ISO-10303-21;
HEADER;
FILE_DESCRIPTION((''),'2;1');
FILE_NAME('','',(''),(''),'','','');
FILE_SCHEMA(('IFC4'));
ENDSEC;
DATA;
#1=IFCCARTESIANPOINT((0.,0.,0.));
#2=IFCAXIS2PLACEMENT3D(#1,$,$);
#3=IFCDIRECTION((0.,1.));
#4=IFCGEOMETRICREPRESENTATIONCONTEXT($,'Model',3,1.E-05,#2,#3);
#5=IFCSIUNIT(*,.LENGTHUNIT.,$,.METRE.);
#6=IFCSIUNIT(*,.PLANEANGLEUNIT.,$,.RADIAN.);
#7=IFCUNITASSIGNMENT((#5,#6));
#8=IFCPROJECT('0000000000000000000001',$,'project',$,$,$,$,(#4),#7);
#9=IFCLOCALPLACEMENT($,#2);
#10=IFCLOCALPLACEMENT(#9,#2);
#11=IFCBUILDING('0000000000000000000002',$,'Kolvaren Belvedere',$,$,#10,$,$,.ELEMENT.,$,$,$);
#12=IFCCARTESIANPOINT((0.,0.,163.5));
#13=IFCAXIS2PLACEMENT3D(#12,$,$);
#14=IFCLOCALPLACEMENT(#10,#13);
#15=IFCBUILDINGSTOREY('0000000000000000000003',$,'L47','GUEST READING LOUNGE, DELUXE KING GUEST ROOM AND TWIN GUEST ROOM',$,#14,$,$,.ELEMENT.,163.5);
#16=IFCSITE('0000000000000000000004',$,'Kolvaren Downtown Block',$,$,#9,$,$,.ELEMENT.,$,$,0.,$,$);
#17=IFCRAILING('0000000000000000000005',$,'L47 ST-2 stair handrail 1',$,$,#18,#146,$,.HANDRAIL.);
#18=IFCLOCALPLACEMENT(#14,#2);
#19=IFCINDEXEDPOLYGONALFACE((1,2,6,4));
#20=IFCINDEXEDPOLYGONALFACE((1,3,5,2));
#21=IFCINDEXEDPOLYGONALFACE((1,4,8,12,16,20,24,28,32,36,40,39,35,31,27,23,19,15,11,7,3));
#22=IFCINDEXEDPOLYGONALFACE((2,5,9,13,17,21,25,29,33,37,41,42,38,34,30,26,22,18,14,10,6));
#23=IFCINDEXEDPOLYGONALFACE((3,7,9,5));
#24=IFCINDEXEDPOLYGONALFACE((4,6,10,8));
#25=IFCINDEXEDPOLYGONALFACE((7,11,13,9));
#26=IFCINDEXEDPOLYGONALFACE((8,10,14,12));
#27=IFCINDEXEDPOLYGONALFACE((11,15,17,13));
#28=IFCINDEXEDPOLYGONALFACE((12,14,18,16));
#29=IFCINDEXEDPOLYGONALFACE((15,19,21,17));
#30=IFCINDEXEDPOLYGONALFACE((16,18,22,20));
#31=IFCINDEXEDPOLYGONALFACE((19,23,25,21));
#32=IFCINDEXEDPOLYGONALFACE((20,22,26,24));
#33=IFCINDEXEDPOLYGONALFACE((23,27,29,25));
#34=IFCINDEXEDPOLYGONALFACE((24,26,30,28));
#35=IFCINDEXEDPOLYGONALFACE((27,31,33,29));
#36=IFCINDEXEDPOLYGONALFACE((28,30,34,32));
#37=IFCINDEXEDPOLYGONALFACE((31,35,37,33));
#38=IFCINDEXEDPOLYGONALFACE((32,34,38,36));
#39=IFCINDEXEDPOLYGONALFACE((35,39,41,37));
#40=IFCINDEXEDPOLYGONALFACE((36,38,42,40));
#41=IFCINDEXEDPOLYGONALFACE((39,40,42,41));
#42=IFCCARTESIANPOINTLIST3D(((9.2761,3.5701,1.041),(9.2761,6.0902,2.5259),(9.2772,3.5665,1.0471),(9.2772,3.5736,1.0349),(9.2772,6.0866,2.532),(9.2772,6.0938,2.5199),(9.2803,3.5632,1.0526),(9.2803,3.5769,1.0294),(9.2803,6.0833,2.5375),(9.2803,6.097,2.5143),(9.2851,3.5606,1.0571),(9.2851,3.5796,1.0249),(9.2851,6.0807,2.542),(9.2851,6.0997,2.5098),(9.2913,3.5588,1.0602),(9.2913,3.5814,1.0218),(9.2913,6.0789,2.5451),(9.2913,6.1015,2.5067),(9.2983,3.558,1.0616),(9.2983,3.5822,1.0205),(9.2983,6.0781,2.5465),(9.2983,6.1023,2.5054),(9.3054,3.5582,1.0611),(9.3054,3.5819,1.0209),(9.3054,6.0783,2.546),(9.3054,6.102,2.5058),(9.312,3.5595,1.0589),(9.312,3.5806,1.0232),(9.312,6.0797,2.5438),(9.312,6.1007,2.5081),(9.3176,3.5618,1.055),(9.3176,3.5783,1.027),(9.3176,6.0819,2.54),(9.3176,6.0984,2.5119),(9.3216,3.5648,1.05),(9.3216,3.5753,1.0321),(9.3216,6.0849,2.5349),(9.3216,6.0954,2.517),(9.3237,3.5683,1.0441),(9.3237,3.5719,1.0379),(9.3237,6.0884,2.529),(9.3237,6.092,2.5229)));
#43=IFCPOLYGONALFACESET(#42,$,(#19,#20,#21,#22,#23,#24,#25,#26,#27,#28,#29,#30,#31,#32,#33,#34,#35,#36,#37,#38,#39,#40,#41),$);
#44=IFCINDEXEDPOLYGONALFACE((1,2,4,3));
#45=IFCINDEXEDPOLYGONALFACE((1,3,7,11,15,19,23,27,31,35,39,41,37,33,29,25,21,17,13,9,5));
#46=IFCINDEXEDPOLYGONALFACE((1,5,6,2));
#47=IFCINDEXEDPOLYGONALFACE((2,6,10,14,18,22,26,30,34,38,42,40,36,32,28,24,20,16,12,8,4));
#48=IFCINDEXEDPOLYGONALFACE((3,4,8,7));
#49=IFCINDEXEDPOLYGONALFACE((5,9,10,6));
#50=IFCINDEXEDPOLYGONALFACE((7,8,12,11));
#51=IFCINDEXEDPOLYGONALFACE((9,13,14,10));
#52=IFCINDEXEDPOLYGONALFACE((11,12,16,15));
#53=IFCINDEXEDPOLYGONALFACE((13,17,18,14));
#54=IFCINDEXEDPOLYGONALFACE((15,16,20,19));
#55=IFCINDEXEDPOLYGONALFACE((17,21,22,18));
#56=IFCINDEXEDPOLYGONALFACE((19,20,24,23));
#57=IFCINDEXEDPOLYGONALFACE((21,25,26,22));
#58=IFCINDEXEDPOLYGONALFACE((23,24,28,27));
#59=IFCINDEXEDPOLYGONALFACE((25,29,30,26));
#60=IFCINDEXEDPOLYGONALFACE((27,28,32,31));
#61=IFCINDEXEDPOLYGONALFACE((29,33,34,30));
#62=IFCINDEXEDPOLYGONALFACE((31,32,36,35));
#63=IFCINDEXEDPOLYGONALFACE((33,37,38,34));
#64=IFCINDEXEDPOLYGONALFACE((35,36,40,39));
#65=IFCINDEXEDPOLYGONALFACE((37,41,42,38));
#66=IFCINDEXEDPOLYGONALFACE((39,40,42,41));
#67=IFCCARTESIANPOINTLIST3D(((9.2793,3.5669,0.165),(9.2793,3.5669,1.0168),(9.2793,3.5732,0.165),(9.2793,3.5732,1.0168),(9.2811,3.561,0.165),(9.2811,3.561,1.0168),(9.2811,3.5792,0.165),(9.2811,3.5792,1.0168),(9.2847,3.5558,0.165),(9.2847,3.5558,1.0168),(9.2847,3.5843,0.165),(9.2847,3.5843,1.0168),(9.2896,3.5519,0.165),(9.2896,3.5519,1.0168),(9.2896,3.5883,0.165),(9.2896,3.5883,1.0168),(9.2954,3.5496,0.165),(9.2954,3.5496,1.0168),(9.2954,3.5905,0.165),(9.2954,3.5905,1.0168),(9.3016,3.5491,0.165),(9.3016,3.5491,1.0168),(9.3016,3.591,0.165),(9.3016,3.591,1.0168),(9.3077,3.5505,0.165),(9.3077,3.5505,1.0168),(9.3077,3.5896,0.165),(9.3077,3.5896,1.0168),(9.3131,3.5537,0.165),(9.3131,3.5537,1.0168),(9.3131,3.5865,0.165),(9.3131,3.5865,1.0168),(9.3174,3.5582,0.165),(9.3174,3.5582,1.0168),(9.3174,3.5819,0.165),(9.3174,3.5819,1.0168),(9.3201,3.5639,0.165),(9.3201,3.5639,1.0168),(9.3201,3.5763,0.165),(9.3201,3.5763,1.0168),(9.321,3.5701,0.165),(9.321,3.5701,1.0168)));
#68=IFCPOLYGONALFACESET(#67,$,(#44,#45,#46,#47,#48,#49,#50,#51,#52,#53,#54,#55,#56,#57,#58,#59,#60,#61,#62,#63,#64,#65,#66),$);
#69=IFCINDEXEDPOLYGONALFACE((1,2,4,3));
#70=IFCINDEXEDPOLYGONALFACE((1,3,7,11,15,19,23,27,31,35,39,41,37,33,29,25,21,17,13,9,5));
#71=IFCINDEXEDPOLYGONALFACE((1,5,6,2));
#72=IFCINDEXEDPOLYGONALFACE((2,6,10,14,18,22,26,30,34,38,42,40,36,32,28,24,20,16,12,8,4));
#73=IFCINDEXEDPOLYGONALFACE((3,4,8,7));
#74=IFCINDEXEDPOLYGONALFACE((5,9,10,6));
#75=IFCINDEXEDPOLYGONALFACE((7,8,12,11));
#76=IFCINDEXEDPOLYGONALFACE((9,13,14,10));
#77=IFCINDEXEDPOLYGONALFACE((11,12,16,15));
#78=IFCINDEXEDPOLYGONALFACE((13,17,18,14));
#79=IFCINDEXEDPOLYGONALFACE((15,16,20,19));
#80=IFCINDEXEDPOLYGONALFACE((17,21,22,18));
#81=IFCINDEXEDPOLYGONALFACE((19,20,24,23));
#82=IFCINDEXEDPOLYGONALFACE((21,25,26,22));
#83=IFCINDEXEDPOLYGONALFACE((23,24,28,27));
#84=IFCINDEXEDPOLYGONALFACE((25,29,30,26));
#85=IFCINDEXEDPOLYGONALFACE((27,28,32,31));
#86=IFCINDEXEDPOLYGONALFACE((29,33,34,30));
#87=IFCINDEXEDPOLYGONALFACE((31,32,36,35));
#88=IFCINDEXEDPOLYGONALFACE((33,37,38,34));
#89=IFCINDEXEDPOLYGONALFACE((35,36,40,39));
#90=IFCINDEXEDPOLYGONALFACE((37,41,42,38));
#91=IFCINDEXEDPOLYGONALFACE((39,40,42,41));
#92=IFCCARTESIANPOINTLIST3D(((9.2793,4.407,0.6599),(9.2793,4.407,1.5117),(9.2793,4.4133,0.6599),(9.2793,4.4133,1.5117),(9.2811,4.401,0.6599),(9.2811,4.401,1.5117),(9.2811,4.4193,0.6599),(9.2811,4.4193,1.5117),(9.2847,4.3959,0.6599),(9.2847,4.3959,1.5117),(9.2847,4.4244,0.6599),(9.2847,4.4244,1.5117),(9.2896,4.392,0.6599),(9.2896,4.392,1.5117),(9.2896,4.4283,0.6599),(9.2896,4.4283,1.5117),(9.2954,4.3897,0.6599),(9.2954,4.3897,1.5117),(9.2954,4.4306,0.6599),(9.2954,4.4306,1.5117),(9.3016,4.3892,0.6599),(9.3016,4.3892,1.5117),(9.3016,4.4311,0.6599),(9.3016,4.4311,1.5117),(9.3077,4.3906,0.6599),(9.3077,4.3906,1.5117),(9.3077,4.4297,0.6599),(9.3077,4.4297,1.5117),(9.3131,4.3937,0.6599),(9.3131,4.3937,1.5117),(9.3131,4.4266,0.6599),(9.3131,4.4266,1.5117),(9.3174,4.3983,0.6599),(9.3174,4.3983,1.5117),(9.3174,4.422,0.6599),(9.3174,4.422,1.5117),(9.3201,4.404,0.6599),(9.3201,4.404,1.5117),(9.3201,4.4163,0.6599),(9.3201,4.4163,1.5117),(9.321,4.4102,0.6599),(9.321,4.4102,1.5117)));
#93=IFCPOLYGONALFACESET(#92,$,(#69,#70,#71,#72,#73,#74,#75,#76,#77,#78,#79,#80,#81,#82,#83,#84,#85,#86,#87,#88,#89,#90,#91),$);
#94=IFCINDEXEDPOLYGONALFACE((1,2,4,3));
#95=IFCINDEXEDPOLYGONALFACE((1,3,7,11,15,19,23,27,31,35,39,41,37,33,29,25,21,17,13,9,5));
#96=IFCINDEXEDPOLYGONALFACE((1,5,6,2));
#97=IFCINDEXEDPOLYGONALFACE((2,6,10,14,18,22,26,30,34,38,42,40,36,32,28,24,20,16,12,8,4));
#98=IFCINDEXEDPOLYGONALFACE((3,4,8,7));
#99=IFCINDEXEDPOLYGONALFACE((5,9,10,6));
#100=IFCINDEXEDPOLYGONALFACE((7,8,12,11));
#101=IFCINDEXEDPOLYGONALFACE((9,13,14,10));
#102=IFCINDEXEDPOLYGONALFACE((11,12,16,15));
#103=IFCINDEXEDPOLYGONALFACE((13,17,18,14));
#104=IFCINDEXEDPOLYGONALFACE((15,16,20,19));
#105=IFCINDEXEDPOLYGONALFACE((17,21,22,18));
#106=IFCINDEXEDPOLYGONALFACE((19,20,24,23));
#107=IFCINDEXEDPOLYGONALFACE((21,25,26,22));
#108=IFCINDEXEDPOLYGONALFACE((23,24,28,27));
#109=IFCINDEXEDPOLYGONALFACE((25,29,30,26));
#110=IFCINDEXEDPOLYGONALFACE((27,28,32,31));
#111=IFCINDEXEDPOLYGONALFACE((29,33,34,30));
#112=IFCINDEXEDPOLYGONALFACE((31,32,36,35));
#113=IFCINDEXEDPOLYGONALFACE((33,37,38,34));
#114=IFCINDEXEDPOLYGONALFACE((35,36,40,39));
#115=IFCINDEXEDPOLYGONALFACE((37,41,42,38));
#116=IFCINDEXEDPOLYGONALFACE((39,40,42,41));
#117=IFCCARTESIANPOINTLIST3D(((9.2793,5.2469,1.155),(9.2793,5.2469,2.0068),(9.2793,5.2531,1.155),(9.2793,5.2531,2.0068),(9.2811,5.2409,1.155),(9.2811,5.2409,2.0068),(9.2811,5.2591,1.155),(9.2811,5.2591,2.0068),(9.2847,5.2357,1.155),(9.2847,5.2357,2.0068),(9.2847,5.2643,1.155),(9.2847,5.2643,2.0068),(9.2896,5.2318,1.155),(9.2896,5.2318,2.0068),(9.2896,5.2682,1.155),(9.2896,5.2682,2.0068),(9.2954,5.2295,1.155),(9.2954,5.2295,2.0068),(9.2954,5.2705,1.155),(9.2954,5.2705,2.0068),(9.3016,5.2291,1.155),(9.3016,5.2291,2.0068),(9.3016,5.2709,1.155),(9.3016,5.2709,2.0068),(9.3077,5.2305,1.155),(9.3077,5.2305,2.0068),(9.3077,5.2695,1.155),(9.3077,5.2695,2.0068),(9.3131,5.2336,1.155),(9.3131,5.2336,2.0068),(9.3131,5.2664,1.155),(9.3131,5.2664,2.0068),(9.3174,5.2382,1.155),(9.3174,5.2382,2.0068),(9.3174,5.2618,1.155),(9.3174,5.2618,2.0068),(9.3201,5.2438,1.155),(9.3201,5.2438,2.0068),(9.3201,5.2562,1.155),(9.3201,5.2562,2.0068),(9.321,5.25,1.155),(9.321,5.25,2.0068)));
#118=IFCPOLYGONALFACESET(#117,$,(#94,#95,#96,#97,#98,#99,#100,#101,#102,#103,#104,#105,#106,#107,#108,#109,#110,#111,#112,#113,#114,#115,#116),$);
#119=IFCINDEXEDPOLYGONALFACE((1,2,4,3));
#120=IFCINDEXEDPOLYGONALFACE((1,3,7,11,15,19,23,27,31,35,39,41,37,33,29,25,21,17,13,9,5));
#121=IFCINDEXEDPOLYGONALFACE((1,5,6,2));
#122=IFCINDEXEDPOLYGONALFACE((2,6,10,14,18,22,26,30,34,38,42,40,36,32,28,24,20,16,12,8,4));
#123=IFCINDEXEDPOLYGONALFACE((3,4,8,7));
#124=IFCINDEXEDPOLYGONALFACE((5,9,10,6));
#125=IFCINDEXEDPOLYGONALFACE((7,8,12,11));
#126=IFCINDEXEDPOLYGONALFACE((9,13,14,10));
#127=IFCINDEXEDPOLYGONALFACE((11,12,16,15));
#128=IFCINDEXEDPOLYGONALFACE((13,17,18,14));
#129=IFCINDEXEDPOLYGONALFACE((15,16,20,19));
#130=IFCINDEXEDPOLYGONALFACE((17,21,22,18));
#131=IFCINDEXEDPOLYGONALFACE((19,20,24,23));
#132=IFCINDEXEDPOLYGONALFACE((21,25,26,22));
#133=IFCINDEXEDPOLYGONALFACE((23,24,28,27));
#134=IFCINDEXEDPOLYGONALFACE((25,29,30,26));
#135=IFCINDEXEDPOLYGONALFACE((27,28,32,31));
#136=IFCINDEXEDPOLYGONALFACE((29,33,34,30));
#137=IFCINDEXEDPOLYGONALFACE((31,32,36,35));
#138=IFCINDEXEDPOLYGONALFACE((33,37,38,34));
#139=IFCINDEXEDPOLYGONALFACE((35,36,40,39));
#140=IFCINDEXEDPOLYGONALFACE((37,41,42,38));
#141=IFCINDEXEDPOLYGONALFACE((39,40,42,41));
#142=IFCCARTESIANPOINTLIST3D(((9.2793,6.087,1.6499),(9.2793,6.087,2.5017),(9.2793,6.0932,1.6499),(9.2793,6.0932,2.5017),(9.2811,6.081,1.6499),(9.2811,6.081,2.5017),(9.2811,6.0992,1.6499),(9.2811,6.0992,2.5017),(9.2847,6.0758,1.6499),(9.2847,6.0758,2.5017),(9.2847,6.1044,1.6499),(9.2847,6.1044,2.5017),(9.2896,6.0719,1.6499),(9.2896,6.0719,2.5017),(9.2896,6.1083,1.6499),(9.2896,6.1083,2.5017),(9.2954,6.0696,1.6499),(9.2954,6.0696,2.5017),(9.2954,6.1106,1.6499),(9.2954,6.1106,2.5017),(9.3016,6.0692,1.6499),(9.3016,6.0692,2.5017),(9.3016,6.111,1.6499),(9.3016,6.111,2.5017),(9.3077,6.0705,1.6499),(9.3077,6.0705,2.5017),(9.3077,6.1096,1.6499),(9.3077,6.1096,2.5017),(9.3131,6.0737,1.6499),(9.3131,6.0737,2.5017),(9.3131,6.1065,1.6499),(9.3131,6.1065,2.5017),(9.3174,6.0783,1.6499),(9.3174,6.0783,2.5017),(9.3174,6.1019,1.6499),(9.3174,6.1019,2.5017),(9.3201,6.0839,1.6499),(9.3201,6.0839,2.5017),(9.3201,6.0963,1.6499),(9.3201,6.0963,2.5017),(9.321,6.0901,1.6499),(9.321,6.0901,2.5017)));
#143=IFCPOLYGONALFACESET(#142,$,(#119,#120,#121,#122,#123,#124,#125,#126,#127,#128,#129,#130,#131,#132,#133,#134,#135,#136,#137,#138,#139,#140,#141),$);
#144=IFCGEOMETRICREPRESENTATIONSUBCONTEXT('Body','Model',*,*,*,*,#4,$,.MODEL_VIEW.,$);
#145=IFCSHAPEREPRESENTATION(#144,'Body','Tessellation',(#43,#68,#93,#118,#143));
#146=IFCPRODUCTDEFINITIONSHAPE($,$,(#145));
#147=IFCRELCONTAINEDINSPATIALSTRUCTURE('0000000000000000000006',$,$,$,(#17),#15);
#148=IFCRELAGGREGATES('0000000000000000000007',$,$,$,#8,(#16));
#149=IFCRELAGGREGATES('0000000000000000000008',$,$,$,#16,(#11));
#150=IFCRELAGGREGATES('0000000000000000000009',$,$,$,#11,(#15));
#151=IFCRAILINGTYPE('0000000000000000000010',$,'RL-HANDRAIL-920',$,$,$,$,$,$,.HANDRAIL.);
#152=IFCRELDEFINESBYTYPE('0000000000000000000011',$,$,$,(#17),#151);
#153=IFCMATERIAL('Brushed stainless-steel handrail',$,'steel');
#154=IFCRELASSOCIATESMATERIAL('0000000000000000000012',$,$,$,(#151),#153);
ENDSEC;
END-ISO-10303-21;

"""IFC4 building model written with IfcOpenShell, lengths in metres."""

from ifc_helpers import new_model, si_unit, direction, frame, origin, origin_2d, place, context, subcontext, project, spatial, circle, extrude, material, type_object, element, save


model = new_model("IFC4")

# Units and contexts
model_context = context("Model", 3, precision=1e-05, world=origin(), true_north=direction((0.0, 1.0)))
body_context = subcontext(model_context, "Body", "Model", "MODEL_VIEW")
ifc_project = project(units=[si_unit("LENGTHUNIT", "METRE"), si_unit("PLANEANGLEUNIT", "RADIAN")], contexts=[model_context])

# Site, building, storey
site_placement = place(None, origin())
site = spatial("IfcSite", under=ifc_project, at=site_placement, Name="Kolvaren Downtown Block", CompositionType="ELEMENT", RefElevation=0.0)
building_placement = place(site_placement, origin())
building = spatial("IfcBuilding", under=site, at=building_placement, Name="Kolvaren Belvedere", CompositionType="ELEMENT")
storey_placement = place(building_placement, frame((0.0, 0.0, 163.5)))
storey = spatial("IfcBuildingStorey", under=building, at=storey_placement, Name="L47", Description="GUEST READING LOUNGE, DELUXE KING GUEST ROOM AND TWIN GUEST ROOM", CompositionType="ELEMENT", Elevation=163.5)

# Railing
ifc_material_1 = material(Name="Brushed stainless-steel handrail", Category="steel")
railing_type_1 = type_object("IfcRailingType", Name="RL-HANDRAIL-920", PredefinedType="HANDRAIL", material=ifc_material_1)
railing_1_placement = place(storey_placement, frame((9.3, 3.5701, 0.165)))
element("IfcRailing", 1, at=railing_1_placement, inside=storey, type_object=railing_type_1, Name="L47 ST-2 stair handrail 1", PredefinedType="HANDRAIL", context=body_context, shape_type="SweptSolid", body=[
    extrude(circle(Radius=0.0239, at=origin_2d()), frame((0.0, 0.0, 0.876), z_axis=(0.0, 0.861561, 0.507655), x_axis=(-1.0, 0.0, 0.0)), (0.0, 0.0, 1.0), 2.925),
    extrude(circle(Radius=0.021, at=origin_2d()), origin(), (0.0, 0.0, 1.0), 0.8518),
    extrude(circle(Radius=0.021, at=origin_2d()), frame((0.0, 0.8401, 0.4949)), (0.0, 0.0, 1.0), 0.8518),
    extrude(circle(Radius=0.021, at=origin_2d()), frame((0.0, 1.6799, 0.99)), (0.0, 0.0, 1.0), 0.8518),
    extrude(circle(Radius=0.021, at=origin_2d()), frame((0.0, 2.52, 1.4849)), (0.0, 0.0, 1.0), 0.8518),
])

save(model, "model.ifc")
